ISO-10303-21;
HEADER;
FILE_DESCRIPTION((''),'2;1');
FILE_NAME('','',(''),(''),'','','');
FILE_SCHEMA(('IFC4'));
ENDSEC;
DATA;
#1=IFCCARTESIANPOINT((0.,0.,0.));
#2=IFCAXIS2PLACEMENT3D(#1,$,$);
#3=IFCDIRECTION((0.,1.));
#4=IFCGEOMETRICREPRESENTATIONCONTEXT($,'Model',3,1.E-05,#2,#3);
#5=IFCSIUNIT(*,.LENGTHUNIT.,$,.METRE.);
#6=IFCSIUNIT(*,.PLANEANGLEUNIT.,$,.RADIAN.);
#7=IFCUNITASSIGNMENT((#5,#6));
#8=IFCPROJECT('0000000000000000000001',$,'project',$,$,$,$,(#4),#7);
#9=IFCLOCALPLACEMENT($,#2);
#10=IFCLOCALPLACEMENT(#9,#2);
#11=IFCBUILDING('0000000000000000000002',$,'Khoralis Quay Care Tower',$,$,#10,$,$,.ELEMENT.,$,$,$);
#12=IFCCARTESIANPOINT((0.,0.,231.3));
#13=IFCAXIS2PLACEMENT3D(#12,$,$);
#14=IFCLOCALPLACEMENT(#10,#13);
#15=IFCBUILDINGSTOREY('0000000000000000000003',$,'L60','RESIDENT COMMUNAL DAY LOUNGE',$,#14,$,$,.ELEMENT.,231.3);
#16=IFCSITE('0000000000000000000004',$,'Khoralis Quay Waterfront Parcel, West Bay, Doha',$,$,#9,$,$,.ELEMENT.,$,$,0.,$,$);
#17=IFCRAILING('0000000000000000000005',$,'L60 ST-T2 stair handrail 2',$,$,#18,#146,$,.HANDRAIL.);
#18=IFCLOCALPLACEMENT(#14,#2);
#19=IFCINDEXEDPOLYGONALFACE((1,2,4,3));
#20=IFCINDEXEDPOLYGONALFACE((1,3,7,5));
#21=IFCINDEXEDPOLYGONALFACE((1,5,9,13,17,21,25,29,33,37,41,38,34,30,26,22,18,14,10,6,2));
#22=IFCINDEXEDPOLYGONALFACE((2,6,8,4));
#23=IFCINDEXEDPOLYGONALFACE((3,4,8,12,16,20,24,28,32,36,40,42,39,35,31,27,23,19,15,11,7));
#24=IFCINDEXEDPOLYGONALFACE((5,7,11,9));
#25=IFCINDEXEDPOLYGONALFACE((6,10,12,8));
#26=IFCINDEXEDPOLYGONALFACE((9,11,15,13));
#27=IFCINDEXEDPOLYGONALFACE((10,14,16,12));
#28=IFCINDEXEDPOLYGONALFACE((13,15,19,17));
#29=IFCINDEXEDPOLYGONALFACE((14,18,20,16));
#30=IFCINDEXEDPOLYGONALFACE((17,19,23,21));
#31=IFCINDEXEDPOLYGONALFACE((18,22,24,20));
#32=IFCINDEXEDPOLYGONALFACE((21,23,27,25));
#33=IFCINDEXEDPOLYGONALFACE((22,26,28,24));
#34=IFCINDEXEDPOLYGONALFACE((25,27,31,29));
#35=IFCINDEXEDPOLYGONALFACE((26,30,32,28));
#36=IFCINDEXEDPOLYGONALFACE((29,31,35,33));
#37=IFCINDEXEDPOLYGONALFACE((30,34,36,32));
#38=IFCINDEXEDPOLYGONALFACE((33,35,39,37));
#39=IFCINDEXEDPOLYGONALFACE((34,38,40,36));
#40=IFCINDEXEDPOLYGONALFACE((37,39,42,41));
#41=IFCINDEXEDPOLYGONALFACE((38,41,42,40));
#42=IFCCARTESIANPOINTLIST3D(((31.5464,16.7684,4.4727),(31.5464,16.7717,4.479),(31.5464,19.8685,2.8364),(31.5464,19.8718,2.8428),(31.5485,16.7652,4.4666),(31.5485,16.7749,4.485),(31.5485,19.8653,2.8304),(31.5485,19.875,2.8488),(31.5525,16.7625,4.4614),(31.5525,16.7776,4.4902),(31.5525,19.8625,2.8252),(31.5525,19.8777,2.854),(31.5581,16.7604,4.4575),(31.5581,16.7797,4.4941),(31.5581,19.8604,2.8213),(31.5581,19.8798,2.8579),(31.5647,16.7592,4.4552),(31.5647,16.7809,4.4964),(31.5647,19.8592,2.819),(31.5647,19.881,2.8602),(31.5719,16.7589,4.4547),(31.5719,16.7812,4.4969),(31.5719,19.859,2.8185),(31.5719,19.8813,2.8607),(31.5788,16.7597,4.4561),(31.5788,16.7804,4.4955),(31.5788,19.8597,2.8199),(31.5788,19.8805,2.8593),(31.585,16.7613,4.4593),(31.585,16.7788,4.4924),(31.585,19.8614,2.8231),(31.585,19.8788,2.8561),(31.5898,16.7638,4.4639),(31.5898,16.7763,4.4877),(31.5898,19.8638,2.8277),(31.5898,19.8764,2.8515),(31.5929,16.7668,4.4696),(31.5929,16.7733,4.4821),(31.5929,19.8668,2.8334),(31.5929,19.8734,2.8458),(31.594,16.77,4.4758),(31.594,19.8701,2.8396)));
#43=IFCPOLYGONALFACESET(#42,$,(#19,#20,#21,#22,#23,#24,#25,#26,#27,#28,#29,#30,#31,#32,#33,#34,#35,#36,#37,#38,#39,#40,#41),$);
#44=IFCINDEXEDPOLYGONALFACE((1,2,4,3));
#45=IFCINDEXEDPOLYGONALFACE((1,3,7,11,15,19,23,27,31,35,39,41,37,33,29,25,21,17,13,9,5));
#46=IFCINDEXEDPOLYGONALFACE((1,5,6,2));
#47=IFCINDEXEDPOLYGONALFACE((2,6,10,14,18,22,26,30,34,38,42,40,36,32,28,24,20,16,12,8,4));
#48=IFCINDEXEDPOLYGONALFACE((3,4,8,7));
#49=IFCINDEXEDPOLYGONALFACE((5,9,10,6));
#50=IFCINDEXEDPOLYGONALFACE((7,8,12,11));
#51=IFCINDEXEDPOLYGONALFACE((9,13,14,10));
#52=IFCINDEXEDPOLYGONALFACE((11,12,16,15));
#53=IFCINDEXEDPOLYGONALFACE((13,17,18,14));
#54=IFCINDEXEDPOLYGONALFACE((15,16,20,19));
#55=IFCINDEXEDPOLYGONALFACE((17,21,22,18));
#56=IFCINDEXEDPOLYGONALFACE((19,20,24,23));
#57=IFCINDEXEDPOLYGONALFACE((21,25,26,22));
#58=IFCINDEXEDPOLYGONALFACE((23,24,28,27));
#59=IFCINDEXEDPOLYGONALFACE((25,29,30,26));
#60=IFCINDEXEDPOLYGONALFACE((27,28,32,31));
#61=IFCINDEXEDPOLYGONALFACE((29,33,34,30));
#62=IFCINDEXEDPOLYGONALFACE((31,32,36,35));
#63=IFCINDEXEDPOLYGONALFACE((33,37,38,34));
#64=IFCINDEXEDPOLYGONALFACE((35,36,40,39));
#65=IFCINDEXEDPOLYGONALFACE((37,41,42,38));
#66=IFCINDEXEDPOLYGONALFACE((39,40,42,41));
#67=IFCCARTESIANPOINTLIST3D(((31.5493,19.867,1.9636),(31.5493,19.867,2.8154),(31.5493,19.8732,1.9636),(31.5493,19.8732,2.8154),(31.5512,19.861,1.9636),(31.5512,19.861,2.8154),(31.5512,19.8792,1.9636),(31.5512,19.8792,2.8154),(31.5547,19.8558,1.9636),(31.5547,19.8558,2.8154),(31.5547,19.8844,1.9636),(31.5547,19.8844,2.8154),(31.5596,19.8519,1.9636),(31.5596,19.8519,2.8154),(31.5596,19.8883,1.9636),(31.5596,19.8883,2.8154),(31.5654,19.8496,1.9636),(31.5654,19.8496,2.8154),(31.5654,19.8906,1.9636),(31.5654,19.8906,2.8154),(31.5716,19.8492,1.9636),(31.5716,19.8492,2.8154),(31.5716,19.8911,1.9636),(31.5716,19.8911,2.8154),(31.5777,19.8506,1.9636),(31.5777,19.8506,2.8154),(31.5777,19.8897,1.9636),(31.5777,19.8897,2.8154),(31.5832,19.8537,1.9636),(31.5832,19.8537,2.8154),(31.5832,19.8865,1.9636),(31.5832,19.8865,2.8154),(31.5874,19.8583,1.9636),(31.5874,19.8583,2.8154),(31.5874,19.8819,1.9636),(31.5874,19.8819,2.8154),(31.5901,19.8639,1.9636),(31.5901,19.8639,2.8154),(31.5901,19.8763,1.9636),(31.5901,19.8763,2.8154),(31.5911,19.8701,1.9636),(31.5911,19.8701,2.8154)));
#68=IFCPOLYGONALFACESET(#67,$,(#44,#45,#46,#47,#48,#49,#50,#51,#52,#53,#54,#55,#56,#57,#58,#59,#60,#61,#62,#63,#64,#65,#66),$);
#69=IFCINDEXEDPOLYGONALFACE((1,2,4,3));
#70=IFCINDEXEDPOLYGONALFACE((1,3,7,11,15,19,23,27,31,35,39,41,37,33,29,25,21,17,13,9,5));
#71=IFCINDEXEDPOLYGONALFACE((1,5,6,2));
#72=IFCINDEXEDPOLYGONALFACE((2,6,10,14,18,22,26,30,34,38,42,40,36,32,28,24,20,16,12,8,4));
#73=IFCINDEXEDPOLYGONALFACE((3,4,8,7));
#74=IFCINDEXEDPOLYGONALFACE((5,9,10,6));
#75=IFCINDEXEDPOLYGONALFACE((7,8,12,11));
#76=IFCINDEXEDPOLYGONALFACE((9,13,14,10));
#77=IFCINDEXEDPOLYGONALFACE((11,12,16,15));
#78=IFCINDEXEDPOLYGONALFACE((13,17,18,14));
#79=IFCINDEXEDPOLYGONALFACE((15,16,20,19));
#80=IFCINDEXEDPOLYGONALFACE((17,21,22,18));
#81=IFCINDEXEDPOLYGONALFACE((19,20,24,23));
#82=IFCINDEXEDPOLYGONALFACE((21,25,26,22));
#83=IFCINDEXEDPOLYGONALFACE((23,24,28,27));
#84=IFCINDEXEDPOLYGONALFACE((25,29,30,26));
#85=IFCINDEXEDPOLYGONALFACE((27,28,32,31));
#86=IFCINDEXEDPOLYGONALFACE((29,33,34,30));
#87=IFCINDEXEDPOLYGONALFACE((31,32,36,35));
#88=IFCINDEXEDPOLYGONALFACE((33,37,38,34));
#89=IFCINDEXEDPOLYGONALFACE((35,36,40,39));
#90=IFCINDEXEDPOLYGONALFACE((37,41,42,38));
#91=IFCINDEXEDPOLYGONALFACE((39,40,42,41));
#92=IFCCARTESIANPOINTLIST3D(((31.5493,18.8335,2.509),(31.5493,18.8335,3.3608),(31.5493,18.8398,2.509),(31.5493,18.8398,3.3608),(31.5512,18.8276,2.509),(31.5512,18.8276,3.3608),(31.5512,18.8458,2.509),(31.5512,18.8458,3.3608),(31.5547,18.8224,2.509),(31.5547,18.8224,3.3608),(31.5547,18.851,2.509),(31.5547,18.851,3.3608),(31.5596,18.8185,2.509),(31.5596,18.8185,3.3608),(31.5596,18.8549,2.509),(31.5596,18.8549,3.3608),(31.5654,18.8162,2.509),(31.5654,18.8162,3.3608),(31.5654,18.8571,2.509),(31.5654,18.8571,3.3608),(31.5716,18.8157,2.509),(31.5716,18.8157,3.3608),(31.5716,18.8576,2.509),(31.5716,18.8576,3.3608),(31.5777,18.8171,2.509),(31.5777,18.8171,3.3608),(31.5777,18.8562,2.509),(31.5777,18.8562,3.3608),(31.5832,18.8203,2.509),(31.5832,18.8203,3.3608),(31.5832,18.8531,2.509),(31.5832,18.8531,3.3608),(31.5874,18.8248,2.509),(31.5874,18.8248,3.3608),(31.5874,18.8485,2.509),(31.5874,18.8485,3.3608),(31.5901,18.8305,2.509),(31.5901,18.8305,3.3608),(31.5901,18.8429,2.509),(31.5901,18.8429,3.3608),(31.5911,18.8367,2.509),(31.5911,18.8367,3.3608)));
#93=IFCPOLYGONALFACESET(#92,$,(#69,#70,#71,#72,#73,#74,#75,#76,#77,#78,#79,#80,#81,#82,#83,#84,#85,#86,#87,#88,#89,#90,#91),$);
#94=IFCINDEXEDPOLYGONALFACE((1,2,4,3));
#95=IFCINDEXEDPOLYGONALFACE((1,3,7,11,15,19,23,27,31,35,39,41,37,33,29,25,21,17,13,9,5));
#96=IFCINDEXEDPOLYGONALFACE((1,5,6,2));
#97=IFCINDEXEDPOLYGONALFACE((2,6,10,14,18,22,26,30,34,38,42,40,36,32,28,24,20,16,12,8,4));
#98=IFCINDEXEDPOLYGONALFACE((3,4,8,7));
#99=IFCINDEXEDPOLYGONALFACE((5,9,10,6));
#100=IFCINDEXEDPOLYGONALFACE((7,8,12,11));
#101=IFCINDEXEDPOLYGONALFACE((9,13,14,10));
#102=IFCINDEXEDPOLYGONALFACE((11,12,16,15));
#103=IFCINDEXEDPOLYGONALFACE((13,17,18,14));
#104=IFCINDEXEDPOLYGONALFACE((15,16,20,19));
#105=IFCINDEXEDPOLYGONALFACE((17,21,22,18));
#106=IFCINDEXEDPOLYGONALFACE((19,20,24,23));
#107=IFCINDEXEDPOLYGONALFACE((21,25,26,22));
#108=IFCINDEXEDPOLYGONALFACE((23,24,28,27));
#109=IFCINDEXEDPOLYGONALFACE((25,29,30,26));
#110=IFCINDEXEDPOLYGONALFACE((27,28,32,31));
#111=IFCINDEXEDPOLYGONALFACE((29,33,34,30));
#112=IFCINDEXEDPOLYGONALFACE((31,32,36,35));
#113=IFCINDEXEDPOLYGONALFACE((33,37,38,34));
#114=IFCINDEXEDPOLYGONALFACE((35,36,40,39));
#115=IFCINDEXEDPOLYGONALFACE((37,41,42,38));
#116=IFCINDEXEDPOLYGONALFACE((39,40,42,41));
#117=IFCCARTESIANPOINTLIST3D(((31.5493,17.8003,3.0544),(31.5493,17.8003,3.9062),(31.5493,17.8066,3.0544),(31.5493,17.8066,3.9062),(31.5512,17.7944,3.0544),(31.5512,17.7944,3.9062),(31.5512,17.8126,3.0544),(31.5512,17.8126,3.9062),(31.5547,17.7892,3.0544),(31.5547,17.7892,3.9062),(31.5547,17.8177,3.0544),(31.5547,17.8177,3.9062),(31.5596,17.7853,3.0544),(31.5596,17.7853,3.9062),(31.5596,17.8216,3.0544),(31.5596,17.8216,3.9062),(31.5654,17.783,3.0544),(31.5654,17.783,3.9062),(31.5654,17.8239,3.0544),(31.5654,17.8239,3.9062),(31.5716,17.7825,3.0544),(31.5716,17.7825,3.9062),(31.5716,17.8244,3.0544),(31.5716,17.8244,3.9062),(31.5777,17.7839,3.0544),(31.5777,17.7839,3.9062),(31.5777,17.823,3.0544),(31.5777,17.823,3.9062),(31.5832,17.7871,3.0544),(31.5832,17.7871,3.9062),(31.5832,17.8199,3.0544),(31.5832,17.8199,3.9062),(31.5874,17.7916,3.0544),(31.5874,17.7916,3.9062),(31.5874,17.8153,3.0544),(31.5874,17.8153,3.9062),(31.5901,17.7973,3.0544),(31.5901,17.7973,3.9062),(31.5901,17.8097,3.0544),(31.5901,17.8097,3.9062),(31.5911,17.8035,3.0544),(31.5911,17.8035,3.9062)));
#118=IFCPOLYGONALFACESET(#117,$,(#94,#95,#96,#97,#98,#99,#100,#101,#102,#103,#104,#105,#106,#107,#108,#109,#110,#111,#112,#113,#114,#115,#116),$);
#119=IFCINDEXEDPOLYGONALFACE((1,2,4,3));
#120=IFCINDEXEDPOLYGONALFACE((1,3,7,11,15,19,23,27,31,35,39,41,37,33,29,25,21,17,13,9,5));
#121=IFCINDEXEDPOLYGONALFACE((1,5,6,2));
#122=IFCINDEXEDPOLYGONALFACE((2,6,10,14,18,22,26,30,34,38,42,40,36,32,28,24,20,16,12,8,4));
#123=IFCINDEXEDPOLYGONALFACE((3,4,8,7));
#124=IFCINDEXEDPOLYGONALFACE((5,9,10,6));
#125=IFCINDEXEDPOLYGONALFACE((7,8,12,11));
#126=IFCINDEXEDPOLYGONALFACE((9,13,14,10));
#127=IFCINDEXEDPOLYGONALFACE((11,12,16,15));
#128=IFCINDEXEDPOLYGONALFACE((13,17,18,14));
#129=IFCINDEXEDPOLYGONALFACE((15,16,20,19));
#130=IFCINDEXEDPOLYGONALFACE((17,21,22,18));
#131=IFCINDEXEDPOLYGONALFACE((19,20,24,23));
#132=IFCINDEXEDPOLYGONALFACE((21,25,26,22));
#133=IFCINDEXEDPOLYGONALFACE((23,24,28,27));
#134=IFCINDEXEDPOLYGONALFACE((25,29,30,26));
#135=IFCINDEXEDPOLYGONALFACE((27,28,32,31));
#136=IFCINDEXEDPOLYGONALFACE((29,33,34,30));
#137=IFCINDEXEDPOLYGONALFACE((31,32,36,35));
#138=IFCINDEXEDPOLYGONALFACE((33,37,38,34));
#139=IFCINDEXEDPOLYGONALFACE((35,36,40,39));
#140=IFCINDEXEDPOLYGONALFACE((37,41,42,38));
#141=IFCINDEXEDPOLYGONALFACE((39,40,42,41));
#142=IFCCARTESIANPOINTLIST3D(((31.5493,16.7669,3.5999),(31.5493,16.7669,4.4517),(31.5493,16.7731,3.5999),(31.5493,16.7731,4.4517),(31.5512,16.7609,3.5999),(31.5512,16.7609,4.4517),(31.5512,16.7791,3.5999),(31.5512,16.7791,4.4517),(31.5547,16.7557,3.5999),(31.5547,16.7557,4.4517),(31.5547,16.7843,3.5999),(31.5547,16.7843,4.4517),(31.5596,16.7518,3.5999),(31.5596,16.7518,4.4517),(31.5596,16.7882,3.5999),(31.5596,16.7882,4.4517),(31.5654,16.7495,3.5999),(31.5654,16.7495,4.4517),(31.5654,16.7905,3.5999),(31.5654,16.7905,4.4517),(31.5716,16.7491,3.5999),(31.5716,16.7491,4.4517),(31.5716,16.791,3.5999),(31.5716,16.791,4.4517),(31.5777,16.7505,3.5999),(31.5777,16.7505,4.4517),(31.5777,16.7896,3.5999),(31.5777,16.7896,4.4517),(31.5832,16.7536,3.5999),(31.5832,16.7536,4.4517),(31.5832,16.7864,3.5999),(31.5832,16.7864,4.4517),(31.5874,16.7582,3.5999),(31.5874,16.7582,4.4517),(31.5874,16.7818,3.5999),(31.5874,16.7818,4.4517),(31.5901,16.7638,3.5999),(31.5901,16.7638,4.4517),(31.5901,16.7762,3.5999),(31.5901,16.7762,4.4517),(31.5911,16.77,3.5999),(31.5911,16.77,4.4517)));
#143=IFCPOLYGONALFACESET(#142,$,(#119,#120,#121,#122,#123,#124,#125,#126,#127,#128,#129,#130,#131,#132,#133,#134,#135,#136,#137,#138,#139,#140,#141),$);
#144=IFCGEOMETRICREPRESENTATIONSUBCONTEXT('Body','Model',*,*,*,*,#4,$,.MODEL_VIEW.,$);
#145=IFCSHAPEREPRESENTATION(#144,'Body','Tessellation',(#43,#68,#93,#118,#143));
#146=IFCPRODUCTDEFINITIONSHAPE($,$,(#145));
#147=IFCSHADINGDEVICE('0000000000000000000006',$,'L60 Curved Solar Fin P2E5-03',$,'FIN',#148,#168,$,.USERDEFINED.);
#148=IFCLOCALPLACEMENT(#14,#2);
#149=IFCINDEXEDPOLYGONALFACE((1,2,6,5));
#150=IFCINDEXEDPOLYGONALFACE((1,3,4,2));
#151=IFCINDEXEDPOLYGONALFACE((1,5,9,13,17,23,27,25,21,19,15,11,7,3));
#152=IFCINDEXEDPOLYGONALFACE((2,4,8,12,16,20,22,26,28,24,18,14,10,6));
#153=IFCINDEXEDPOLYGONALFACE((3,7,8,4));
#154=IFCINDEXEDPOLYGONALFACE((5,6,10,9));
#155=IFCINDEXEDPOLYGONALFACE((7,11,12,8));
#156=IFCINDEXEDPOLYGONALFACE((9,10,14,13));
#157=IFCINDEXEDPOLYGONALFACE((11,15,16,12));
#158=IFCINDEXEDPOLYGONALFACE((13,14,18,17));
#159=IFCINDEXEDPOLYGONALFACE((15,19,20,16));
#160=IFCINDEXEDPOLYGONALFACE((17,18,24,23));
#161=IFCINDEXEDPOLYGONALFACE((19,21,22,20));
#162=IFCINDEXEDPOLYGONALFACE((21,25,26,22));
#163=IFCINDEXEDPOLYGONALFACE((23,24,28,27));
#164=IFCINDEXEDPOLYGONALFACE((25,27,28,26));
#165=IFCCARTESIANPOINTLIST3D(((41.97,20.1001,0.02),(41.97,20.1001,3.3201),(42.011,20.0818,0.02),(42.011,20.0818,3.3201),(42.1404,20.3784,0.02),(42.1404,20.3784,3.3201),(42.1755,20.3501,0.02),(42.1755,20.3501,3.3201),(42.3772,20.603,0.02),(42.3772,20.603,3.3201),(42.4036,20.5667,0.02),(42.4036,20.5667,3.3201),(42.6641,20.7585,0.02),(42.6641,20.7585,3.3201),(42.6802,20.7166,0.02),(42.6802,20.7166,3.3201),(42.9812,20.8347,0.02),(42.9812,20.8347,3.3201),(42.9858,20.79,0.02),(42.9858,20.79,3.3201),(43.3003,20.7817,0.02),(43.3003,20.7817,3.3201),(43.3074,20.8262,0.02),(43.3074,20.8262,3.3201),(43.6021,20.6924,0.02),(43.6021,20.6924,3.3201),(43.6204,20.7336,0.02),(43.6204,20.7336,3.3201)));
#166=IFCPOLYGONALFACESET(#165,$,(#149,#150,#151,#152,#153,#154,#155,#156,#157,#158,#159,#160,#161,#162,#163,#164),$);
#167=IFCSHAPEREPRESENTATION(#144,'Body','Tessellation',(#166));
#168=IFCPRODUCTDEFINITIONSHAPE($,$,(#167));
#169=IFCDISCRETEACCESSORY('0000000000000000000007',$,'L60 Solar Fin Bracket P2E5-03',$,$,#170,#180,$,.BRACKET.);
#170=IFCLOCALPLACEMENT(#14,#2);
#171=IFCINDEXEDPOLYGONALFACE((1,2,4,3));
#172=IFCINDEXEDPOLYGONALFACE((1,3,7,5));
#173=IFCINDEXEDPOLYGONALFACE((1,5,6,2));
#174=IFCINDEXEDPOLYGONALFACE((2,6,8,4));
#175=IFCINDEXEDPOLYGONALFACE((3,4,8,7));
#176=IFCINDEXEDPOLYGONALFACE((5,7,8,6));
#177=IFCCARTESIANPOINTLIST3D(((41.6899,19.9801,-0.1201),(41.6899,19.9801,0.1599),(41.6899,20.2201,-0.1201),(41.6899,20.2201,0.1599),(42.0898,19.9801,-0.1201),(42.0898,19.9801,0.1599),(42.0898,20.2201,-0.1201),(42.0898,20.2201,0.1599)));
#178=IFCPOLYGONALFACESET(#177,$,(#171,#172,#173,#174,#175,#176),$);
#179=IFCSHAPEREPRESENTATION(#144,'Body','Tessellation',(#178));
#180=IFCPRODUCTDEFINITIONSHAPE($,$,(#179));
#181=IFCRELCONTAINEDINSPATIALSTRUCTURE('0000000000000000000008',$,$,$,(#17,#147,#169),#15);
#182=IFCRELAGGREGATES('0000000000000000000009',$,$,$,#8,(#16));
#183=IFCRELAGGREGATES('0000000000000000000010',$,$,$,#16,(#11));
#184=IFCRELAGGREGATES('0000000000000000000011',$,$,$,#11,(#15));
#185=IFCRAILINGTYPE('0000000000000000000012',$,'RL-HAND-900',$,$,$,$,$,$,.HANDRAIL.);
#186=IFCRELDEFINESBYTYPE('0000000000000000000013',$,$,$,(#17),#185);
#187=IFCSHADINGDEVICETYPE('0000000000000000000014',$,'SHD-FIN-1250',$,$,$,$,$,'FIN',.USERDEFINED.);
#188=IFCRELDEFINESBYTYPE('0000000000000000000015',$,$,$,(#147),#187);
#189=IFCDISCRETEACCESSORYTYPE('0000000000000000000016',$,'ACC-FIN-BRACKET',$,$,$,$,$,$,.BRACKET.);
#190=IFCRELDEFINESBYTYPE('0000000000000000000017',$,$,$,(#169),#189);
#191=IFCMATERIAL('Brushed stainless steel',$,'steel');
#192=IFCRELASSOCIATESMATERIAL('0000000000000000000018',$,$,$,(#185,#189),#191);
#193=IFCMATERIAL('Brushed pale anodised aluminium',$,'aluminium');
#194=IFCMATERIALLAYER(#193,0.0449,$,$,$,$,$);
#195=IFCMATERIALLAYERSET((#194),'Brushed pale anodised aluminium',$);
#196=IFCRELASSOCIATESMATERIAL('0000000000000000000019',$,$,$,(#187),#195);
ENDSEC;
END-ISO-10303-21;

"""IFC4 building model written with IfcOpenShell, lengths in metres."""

from ifc_helpers import new_model, si_unit, direction, frame, origin, origin_2d, place, context, subcontext, project, spatial, polyline, rectangle, circle, outline, extrude, source, transform, mapped, material, layer, layer_set, type_object, element, save


model = new_model("IFC4")

# Units and contexts
model_context = context("Model", 3, precision=1e-05, world=origin(), true_north=direction((0.0, 1.0)))
body_context = subcontext(model_context, "Body", "Model", "MODEL_VIEW")
ifc_project = project(units=[si_unit("LENGTHUNIT", "METRE"), si_unit("PLANEANGLEUNIT", "RADIAN")], contexts=[model_context])

# Site, building, storey
site_placement = place(None, origin())
site = spatial("IfcSite", under=ifc_project, at=site_placement, Name="Khoralis Quay Waterfront Parcel, West Bay, Doha", CompositionType="ELEMENT", RefElevation=0.0)
building_placement = place(site_placement, origin())
building = spatial("IfcBuilding", under=site, at=building_placement, Name="Khoralis Quay Care Tower", CompositionType="ELEMENT")
storey_placement = place(building_placement, frame((0.0, 0.0, 231.3)))
storey = spatial("IfcBuildingStorey", under=building, at=storey_placement, Name="L60", Description="RESIDENT COMMUNAL DAY LOUNGE", CompositionType="ELEMENT", Elevation=231.3)

# Railing
ifc_material_1 = material(Name="Brushed stainless steel", Category="steel")
railing_type_1 = type_object("IfcRailingType", Name="RL-HAND-900", PredefinedType="HANDRAIL", material=ifc_material_1)
railing_1_placement = place(storey_placement, frame((31.5701, 19.8701, 1.9636)))
element("IfcRailing", 1, at=railing_1_placement, inside=storey, type_object=railing_type_1, Name="L60 ST-T2 stair handrail 2", PredefinedType="HANDRAIL", context=body_context, shape_type="SweptSolid", body=[
    extrude(circle(Radius=0.0239, at=origin_2d()), frame((0.0, 0.0, 0.876), z_axis=(0.0, -0.884377, 0.466774), x_axis=(1.0, 0.0, 0.0)), (0.0, 0.0, 1.0), 3.5054),
    extrude(circle(Radius=0.021, at=origin_2d()), origin(), (0.0, 0.0, 1.0), 0.8518),
    extrude(circle(Radius=0.021, at=origin_2d()), frame((0.0, -1.0334, 0.5454)), (0.0, 0.0, 1.0), 0.8518),
    extrude(circle(Radius=0.021, at=origin_2d()), frame((0.0, -2.0667, 1.0908)), (0.0, 0.0, 1.0), 0.8518),
    extrude(circle(Radius=0.021, at=origin_2d()), frame((0.0, -3.1001, 1.6362)), (0.0, 0.0, 1.0), 0.8518),
])

# Shading device
ifc_material_2 = material(Name="Brushed pale anodised aluminium", Category="aluminium")
ifc_layer_1 = layer(ifc_material_2, 0.0449)
ifc_layer_set_1 = layer_set([ifc_layer_1], Name="Brushed pale anodised aluminium")
shading_device_type = type_object("IfcShadingDeviceType", Name="SHD-FIN-1250", ElementType="FIN", PredefinedType="USERDEFINED", material=ifc_layer_set_1)
shared_shape_1 = source(origin(), body_context, "Body", "SweptSolid", [
    extrude(outline(polyline([(0.0, 0.0), (0.1704, 0.2783), (0.4072, 0.5029), (0.6941, 0.6584), (1.0112, 0.7346), (1.3374, 0.7261), (1.6504, 0.6335), (1.6321, 0.5923), (1.3303, 0.6816), (1.0159, 0.6899), (0.7102, 0.6165), (0.4336, 0.4666), (0.2056, 0.25), (0.041, -0.0183), (0.0, 0.0)])), origin(), (0.0, 0.0, 1.0), 3.3),
])
shading_device_placement = place(storey_placement, frame((41.97, 20.1001, 0.02), z_axis=(0.0, 0.0, 1.0), x_axis=(1.0, 0.0, 0.0)))
element("IfcShadingDevice", 2, at=shading_device_placement, inside=storey, type_object=shading_device_type, Name="L60 Curved Solar Fin P2E5-03", ObjectType="FIN", PredefinedType="USERDEFINED", context=body_context, shape_type="MappedRepresentation", body=[
    mapped(shared_shape_1, transform((0.0, 0.0, 0.0), scale=1.0)),
])

# Discrete accessory
discrete_accessory_type = type_object("IfcDiscreteAccessoryType", Name="ACC-FIN-BRACKET", PredefinedType="BRACKET", material=ifc_material_1)
shared_shape_2 = source(origin(), body_context, "Body", "SweptSolid", [
    extrude(rectangle(XDim=0.3999, YDim=0.24, at=origin_2d()), origin(), (0.0, 0.0, 1.0), 0.28),
])
discrete_accessory_placement = place(storey_placement, frame((41.8899, 20.1001, -0.1201), z_axis=(0.0, 0.0, 1.0), x_axis=(1.0, 0.0, 0.0)))
element("IfcDiscreteAccessory", 3, at=discrete_accessory_placement, inside=storey, type_object=discrete_accessory_type, Name="L60 Solar Fin Bracket P2E5-03", PredefinedType="BRACKET", context=body_context, shape_type="MappedRepresentation", body=[
    mapped(shared_shape_2, transform((0.0, 0.0, 0.0), scale=1.0)),
])

save(model, "model.ifc")
